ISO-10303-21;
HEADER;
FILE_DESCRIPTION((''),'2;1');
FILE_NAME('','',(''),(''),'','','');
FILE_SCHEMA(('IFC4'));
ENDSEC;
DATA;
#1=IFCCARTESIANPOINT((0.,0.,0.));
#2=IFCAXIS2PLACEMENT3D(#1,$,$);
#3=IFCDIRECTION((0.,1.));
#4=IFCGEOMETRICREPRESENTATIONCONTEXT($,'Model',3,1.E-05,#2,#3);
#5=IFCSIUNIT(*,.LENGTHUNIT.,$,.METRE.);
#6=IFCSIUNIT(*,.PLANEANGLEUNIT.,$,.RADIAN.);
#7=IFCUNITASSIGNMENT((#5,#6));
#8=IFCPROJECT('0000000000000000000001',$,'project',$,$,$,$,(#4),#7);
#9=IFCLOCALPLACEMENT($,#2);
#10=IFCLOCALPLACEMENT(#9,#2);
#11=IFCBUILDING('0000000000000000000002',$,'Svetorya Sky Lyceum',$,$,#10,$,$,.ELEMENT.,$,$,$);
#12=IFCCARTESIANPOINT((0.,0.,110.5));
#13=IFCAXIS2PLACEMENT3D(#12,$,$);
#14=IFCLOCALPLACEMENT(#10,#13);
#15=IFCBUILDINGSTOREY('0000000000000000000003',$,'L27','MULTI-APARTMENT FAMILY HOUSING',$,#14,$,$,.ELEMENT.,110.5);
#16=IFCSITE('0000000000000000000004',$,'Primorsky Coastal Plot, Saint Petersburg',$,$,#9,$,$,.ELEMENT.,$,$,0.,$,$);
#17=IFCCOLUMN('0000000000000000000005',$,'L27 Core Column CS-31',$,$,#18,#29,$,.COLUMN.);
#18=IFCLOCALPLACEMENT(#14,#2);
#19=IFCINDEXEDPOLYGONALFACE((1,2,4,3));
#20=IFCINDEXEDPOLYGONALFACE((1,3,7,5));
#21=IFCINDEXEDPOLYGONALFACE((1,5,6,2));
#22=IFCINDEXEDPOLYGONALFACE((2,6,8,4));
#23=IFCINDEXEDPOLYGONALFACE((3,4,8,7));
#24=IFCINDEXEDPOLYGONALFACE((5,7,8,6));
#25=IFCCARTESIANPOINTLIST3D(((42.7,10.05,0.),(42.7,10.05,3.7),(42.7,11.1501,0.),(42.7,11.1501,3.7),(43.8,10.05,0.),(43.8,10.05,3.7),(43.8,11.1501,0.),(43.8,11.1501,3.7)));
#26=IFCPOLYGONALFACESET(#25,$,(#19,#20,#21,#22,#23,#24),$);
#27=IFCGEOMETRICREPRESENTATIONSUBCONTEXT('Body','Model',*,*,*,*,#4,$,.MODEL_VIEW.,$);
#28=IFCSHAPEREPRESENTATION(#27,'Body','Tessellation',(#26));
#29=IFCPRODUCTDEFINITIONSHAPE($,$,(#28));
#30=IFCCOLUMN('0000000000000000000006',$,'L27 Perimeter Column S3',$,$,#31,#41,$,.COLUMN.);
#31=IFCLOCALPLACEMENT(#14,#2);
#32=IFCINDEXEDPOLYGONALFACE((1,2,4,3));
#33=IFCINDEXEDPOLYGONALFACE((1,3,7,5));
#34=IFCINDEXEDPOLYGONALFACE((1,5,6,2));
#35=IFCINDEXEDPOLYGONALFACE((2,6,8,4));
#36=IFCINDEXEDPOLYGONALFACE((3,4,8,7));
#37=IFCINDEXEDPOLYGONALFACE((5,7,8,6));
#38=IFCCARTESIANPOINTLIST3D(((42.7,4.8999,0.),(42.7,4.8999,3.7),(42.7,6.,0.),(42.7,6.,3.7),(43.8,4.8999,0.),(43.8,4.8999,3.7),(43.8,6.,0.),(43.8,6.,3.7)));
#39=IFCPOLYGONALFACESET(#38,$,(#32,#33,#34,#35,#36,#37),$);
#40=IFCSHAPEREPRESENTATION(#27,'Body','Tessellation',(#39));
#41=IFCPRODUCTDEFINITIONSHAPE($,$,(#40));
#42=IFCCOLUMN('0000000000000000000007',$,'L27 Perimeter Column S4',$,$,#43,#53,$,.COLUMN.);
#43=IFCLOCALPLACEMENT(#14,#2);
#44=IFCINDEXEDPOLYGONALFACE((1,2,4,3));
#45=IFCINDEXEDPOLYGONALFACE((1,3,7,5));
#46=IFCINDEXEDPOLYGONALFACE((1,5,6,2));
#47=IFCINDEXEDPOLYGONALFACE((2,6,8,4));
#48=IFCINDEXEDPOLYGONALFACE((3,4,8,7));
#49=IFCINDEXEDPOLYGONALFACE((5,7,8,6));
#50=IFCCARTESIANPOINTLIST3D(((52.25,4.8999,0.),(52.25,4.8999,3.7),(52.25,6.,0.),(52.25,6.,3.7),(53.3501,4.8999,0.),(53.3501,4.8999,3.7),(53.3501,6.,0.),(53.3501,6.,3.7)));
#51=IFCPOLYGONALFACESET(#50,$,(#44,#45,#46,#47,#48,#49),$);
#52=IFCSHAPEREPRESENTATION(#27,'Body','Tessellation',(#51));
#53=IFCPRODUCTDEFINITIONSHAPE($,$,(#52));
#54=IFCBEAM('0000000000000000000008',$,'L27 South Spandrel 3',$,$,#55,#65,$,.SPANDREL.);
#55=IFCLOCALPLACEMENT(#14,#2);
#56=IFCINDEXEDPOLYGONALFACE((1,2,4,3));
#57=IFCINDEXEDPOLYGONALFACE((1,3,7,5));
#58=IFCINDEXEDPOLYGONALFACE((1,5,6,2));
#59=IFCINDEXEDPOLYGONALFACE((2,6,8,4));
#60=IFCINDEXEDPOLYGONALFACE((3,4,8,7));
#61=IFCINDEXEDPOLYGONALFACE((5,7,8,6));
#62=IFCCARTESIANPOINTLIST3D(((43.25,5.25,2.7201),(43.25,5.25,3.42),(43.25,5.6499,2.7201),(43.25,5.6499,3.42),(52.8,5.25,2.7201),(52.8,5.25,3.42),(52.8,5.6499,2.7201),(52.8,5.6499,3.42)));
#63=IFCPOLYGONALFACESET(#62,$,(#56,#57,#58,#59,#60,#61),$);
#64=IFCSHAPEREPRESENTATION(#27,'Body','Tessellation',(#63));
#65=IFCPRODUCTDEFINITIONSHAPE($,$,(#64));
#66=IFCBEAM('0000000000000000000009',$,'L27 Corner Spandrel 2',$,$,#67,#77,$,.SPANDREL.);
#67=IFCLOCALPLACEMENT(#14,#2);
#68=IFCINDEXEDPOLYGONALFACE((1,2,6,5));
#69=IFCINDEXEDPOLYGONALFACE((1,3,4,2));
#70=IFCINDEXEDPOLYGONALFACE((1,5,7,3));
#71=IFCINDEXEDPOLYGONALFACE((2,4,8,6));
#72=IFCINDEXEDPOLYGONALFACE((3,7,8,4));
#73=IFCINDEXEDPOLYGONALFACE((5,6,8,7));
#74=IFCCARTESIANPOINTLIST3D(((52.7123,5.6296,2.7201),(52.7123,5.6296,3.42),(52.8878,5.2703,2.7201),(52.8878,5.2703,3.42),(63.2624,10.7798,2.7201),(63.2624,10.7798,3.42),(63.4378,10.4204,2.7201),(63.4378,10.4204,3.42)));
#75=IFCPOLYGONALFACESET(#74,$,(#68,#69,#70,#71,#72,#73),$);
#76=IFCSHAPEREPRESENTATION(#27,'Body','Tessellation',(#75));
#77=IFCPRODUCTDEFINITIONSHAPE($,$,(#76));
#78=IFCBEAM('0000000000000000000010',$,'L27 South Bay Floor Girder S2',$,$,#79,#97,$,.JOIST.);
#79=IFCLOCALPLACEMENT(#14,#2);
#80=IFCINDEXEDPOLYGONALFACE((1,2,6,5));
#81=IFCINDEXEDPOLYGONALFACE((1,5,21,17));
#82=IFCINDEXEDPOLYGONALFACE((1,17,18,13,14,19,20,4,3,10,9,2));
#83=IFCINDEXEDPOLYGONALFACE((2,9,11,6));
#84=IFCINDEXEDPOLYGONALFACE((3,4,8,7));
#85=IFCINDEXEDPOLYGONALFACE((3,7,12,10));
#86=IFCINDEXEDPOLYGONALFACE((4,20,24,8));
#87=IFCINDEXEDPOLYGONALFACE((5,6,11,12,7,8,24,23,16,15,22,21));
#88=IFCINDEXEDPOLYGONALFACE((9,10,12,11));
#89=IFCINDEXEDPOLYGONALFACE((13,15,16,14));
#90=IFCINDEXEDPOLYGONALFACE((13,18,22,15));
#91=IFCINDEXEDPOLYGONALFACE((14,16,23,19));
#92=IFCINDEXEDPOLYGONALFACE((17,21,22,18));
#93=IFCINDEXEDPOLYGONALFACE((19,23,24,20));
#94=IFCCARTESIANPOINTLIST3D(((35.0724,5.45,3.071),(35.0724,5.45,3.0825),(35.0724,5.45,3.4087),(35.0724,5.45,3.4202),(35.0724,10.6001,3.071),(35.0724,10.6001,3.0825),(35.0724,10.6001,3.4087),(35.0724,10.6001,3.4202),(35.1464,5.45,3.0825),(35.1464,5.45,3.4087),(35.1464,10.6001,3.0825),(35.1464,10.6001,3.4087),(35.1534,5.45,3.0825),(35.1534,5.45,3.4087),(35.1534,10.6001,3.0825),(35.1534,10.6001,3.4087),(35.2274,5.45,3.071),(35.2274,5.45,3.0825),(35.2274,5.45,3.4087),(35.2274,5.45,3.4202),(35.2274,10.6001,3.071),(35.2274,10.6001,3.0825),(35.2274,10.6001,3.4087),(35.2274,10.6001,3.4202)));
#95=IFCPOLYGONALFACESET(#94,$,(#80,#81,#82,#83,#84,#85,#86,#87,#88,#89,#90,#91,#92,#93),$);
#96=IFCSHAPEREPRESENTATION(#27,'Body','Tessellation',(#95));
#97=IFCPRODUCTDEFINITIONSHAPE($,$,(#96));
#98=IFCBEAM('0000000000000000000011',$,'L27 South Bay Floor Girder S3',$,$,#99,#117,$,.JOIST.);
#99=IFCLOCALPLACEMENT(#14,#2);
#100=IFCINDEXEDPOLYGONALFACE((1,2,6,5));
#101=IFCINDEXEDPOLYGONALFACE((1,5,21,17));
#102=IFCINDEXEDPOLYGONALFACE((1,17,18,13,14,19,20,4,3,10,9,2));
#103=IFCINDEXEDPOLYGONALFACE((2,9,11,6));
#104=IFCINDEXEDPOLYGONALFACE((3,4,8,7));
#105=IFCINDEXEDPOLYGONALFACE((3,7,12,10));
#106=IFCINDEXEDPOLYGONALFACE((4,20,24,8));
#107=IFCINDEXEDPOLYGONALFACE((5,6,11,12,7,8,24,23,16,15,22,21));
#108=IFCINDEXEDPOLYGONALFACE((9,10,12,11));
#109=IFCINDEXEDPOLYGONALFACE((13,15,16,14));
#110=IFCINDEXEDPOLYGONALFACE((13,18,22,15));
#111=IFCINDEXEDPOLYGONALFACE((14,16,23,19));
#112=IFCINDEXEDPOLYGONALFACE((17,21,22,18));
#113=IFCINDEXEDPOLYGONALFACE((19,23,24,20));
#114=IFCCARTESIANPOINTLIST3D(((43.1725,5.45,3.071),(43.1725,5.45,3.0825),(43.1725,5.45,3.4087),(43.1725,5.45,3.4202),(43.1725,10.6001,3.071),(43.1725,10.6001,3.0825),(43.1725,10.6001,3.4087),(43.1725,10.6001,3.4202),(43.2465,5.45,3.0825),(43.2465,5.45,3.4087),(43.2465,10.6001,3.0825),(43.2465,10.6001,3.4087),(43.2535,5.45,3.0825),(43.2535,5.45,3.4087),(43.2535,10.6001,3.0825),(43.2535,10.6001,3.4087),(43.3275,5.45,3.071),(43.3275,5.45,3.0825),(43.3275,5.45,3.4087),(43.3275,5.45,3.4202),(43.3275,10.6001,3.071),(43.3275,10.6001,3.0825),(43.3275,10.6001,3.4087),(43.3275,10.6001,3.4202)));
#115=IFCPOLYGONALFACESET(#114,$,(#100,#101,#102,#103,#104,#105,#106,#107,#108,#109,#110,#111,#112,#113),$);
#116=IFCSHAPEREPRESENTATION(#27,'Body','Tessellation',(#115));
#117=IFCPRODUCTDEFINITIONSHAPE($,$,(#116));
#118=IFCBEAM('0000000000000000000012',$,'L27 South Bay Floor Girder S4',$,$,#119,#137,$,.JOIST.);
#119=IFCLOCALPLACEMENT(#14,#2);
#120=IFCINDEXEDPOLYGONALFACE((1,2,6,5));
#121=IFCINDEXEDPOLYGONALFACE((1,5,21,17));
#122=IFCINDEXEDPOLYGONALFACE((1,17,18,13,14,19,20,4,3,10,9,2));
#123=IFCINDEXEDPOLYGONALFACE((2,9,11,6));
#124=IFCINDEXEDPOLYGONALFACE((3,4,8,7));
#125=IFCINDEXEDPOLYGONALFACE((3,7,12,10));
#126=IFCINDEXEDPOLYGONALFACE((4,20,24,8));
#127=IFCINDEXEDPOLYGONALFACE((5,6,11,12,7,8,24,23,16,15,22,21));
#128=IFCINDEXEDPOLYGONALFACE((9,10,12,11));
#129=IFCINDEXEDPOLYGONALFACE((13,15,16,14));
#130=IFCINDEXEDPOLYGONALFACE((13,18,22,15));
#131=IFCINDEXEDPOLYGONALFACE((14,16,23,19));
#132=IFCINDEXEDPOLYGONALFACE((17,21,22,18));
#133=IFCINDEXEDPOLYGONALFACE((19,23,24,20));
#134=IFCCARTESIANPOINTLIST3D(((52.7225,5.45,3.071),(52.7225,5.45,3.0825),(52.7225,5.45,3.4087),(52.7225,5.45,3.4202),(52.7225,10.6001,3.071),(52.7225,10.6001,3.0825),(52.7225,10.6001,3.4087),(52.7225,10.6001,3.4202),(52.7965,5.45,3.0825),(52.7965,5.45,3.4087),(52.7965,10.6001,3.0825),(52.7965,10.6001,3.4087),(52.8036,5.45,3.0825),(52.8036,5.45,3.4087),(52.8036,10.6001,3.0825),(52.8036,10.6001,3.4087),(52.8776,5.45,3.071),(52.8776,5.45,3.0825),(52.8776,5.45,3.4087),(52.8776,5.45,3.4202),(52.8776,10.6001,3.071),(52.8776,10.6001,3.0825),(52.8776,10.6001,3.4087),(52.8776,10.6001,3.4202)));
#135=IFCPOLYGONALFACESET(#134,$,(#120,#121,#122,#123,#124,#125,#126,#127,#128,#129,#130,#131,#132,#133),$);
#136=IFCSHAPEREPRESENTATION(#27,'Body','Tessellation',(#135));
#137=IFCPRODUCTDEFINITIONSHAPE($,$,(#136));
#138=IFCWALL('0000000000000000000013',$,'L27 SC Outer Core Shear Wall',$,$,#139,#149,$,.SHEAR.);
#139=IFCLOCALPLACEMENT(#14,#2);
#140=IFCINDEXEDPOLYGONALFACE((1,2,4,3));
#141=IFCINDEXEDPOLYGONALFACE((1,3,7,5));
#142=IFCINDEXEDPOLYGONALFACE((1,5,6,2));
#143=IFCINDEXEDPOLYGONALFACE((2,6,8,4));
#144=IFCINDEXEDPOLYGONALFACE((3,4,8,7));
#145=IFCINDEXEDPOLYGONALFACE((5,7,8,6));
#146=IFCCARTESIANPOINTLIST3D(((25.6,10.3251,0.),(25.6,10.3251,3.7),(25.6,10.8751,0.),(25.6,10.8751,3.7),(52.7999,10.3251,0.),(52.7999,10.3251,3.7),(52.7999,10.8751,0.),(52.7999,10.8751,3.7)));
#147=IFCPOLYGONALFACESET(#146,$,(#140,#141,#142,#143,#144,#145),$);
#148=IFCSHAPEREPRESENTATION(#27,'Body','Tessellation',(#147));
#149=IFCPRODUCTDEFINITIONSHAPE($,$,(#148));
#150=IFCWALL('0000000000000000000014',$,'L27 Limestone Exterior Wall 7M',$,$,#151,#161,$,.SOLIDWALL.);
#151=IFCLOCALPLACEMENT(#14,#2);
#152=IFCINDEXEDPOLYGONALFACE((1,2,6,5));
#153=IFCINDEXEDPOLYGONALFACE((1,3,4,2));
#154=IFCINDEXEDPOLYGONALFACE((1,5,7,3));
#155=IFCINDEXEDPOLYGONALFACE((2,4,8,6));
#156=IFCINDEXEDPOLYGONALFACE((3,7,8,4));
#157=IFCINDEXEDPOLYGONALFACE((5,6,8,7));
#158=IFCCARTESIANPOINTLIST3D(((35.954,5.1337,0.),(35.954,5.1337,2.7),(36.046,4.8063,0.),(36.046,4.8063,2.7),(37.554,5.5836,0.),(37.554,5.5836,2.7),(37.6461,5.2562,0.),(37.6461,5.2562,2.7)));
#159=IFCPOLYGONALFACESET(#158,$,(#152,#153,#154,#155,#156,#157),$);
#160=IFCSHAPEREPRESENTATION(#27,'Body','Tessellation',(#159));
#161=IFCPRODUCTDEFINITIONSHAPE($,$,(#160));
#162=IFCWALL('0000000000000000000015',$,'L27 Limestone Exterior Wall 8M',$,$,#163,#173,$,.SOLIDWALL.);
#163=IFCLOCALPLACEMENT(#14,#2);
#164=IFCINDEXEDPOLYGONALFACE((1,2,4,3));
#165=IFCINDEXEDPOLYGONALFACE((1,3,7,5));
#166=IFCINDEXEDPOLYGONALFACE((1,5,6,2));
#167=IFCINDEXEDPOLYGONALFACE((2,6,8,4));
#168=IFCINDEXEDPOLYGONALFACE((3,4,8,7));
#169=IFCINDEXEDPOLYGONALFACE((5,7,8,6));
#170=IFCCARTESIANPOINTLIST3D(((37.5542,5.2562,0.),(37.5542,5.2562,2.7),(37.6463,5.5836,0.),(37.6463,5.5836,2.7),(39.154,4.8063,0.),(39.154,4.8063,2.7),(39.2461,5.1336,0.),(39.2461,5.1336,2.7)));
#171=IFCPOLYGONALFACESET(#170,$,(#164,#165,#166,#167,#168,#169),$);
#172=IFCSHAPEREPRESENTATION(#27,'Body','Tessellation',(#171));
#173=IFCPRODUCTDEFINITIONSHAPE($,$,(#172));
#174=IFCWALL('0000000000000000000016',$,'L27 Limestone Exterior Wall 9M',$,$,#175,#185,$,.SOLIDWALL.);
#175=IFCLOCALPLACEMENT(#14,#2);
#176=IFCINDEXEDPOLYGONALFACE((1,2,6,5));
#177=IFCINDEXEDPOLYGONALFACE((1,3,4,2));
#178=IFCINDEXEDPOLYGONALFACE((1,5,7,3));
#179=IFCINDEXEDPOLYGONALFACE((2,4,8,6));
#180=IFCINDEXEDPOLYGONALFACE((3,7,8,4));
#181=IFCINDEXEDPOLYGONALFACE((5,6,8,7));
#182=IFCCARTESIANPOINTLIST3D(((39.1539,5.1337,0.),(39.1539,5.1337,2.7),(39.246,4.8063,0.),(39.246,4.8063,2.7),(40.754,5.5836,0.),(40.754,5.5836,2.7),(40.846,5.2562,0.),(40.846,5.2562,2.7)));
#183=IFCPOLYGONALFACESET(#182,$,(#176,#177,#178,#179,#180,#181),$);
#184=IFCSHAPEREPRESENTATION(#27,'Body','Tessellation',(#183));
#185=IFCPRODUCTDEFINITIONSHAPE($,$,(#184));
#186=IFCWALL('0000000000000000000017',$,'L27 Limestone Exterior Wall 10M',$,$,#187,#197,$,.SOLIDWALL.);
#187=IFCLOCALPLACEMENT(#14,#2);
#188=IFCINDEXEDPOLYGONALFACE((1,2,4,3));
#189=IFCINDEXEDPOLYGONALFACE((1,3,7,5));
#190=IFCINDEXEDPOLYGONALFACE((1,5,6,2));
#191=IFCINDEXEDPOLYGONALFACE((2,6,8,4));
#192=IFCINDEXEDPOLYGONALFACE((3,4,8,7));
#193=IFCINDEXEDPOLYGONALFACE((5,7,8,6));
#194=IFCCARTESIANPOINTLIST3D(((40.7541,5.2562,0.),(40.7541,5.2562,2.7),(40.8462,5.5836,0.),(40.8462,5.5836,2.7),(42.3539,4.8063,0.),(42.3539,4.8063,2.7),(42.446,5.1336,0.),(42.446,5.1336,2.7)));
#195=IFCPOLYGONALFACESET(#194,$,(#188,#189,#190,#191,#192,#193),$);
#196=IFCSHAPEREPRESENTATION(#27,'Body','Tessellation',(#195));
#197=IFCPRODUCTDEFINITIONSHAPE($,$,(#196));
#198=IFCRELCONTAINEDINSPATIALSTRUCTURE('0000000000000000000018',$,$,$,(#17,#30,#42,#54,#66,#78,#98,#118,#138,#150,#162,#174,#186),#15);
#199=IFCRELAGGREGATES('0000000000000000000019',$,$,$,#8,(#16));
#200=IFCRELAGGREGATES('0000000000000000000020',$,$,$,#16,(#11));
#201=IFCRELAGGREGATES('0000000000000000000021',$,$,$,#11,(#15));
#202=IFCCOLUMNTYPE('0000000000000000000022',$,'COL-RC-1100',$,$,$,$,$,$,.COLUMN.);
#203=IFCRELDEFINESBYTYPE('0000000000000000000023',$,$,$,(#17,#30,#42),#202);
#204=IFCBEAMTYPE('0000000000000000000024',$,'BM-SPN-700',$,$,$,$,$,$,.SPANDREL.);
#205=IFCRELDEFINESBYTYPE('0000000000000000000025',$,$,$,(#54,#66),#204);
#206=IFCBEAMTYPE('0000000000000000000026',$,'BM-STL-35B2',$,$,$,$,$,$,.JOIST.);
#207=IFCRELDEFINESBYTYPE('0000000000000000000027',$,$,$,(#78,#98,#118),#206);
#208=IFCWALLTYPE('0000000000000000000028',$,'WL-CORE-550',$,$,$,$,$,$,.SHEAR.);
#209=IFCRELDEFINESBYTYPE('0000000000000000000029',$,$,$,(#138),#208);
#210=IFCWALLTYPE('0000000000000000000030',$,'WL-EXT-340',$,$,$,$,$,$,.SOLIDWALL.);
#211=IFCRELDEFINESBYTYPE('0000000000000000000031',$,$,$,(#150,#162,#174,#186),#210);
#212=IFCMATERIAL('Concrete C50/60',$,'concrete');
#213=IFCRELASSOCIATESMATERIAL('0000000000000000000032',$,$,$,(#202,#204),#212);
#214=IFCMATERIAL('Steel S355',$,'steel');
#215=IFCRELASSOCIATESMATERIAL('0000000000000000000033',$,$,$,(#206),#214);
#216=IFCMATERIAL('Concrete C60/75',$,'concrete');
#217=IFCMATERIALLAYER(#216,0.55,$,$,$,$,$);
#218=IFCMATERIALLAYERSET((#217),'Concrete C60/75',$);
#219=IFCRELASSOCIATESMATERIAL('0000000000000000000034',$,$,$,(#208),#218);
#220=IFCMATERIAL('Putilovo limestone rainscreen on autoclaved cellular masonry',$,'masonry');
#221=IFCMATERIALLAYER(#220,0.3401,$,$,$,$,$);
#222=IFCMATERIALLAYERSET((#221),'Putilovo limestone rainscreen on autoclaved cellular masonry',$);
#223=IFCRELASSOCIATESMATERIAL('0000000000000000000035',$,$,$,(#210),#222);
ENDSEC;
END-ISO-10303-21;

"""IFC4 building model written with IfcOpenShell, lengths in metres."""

from ifc_helpers import new_model, si_unit, direction, frame, frame_2d, origin, origin_2d, place, context, subcontext, project, spatial, rectangle, i_section, extrude, material, layer, layer_set, material_profile, profile_set, type_object, element, save


model = new_model("IFC4")

# Units and contexts
model_context = context("Model", 3, precision=1e-05, world=origin(), true_north=direction((0.0, 1.0)))
body_context = subcontext(model_context, "Body", "Model", "MODEL_VIEW")
ifc_project = project(units=[si_unit("LENGTHUNIT", "METRE"), si_unit("PLANEANGLEUNIT", "RADIAN")], contexts=[model_context])

# Site, building, storey
site_placement = place(None, origin())
site = spatial("IfcSite", under=ifc_project, at=site_placement, Name="Primorsky Coastal Plot, Saint Petersburg", CompositionType="ELEMENT", RefElevation=0.0)
building_placement = place(site_placement, origin())
building = spatial("IfcBuilding", under=site, at=building_placement, Name="Svetorya Sky Lyceum", CompositionType="ELEMENT")
storey_placement = place(building_placement, frame((0.0, 0.0, 110.5)))
storey = spatial("IfcBuildingStorey", under=building, at=storey_placement, Name="L27", Description="MULTI-APARTMENT FAMILY HOUSING", CompositionType="ELEMENT", Elevation=110.5)

# Columns
ifc_material_1 = material(Name="Concrete C50/60", Category="concrete")
ifc_material_profile_1 = material_profile(ifc_material_1, rectangle(XDim=1.1001, YDim=1.1001, at=origin_2d()), Name="RC COL 1100x1100")
ifc_profile_set_1 = profile_set([ifc_material_profile_1], Name="Concrete C50/60")
column_type = type_object("IfcColumnType", Name="COL-RC-1100", PredefinedType="COLUMN", material=ifc_profile_set_1)
for number, where, z_axis, x_axis, name in (
    (1, (43.25, 10.6001, 0.0), (0.0, 0.0, 1.0), (1.0, 0.0, 0.0), "L27 Core Column CS-31"),
    (2, (43.25, 5.45, 0.0), (0.0, 0.0, 1.0), (1.0, 0.0, 0.0), "L27 Perimeter Column S3"),
    (3, (52.8, 5.45, 0.0), (0.0, 0.0, 1.0), (1.0, 0.0, 0.0), "L27 Perimeter Column S4"),
):
    element("IfcColumn", number, at=place(storey_placement, frame(where, z_axis=z_axis, x_axis=x_axis)), inside=storey, type_object=column_type, Name=name, PredefinedType="COLUMN", context=body_context, shape_type="SweptSolid", body=[
        extrude(rectangle(XDim=1.1001, YDim=1.1001, at=origin_2d()), origin(), (0.0, 0.0, 1.0), 3.7),
    ])

# Beams
ifc_material_profile_2 = material_profile(ifc_material_1, rectangle(XDim=0.3999, YDim=0.7, at=origin_2d()), Name="RC SPANDREL 400x700")
ifc_profile_set_2 = profile_set([ifc_material_profile_2], Name="Concrete C50/60")
beam_type_1 = type_object("IfcBeamType", Name="BM-SPN-700", PredefinedType="SPANDREL", material=ifc_profile_set_2)
beam_1_placement = place(storey_placement, frame((43.25, 5.45, 3.0701), z_axis=(1.0, 0.0, 0.0), x_axis=(0.0, 1.0, 0.0)))
element("IfcBeam", 4, at=beam_1_placement, inside=storey, type_object=beam_type_1, Name="L27 South Spandrel 3", PredefinedType="SPANDREL", context=body_context, shape_type="SweptSolid", body=[
    extrude(rectangle(XDim=0.3999, YDim=0.7, at=origin_2d()), origin(), (0.0, 0.0, 1.0), 9.55),
])
beam_2_placement = place(storey_placement, frame((52.8, 5.45, 3.0701), z_axis=(0.898641, 0.438684, 0.0), x_axis=(-0.438684, 0.898641, 0.0)))
element("IfcBeam", 5, at=beam_2_placement, inside=storey, type_object=beam_type_1, Name="L27 Corner Spandrel 2", PredefinedType="SPANDREL", context=body_context, shape_type="SweptSolid", body=[
    extrude(rectangle(XDim=0.3999, YDim=0.7, at=origin_2d()), origin(), (0.0, 0.0, 1.0), 11.74),
])
ifc_material_2 = material(Name="Steel S355", Category="steel")
ifc_material_profile_3 = material_profile(ifc_material_2, i_section(OverallWidth=0.155, OverallDepth=0.3491, WebThickness=0.0071, FlangeThickness=0.0115, at=origin_2d()), Name="GOST 35B2")
ifc_profile_set_3 = profile_set([ifc_material_profile_3], Name="Steel S355")
beam_type_2 = type_object("IfcBeamType", Name="BM-STL-35B2", PredefinedType="JOIST", material=ifc_profile_set_3)
for number, where, z_axis, x_axis, name in (
    (6, (35.1499, 5.45, 3.2456), (0.0, 1.0, 0.0), (-1.0, 0.0, 0.0), "L27 South Bay Floor Girder S2"),
    (7, (43.25, 5.45, 3.2456), (0.0, 1.0, 0.0), (-1.0, 0.0, 0.0), "L27 South Bay Floor Girder S3"),
    (8, (52.8, 5.45, 3.2456), (0.0, 1.0, 0.0), (-1.0, 0.0, 0.0), "L27 South Bay Floor Girder S4"),
):
    element("IfcBeam", number, at=place(storey_placement, frame(where, z_axis=z_axis, x_axis=x_axis)), inside=storey, type_object=beam_type_2, Name=name, PredefinedType="JOIST", context=body_context, shape_type="SweptSolid", body=[
        extrude(i_section(OverallWidth=0.155, OverallDepth=0.3491, WebThickness=0.0071, FlangeThickness=0.0115, at=origin_2d()), origin(), (0.0, 0.0, 1.0), 5.1501),
    ])

# Walls
ifc_material_3 = material(Name="Concrete C60/75", Category="concrete")
ifc_layer_1 = layer(ifc_material_3, 0.55)
ifc_layer_set_1 = layer_set([ifc_layer_1], Name="Concrete C60/75")
wall_type_1 = type_object("IfcWallType", Name="WL-CORE-550", PredefinedType="SHEAR", material=ifc_layer_set_1)
wall_1_placement = place(storey_placement, frame((52.8, 10.6001, 0.0), z_axis=(0.0, 0.0, 1.0), x_axis=(-1.0, 0.0, 0.0)))
element("IfcWall", 9, at=wall_1_placement, inside=storey, type_object=wall_type_1, Name="L27 SC Outer Core Shear Wall", PredefinedType="SHEAR", context=body_context, shape_type="SweptSolid", body=[
    extrude(rectangle(XDim=27.2, YDim=0.55, at=frame_2d((13.6001, 0.0))), origin(), (0.0, 0.0, 1.0), 3.7),
])
ifc_material_4 = material(Name="Putilovo limestone rainscreen on autoclaved cellular masonry", Category="masonry")
ifc_layer_2 = layer(ifc_material_4, 0.3401)
ifc_layer_set_2 = layer_set([ifc_layer_2], Name="Putilovo limestone rainscreen on autoclaved cellular masonry")
wall_type_2 = type_object("IfcWallType", Name="WL-EXT-340", PredefinedType="SOLIDWALL", material=ifc_layer_set_2)
wall_2_placement = place(storey_placement, frame((36.0, 4.97, 0.0), z_axis=(0.0, 0.0, 1.0), x_axis=(0.962663, 0.270703, 0.0)))
element("IfcWall", 10, at=wall_2_placement, inside=storey, type_object=wall_type_2, Name="L27 Limestone Exterior Wall 7M", PredefinedType="SOLIDWALL", context=body_context, shape_type="SweptSolid", body=[
    extrude(rectangle(XDim=1.6621, YDim=0.3401, at=frame_2d((0.8311, 0.0))), origin(), (0.0, 0.0, 1.0), 2.7),
])
wall_3_placement = place(storey_placement, frame((37.6001, 5.4199, 0.0), z_axis=(0.0, 0.0, 1.0), x_axis=(0.962652, -0.270741, 0.0)))
element("IfcWall", 11, at=wall_3_placement, inside=storey, type_object=wall_type_2, Name="L27 Limestone Exterior Wall 8M", PredefinedType="SOLIDWALL", context=body_context, shape_type="SweptSolid", body=[
    extrude(rectangle(XDim=1.6619, YDim=0.3401, at=frame_2d((0.8311, 0.0))), origin(), (0.0, 0.0, 1.0), 2.7),
])
wall_4_placement = place(storey_placement, frame((39.2, 4.97, 0.0), z_axis=(0.0, 0.0, 1.0), x_axis=(0.962663, 0.270703, 0.0)))
element("IfcWall", 12, at=wall_4_placement, inside=storey, type_object=wall_type_2, Name="L27 Limestone Exterior Wall 9M", PredefinedType="SOLIDWALL", context=body_context, shape_type="SweptSolid", body=[
    extrude(rectangle(XDim=1.6621, YDim=0.3401, at=frame_2d((0.8311, 0.0))), origin(), (0.0, 0.0, 1.0), 2.7),
])
wall_5_placement = place(storey_placement, frame((40.8, 5.4199, 0.0), z_axis=(0.0, 0.0, 1.0), x_axis=(0.962652, -0.270741, 0.0)))
element("IfcWall", 13, at=wall_5_placement, inside=storey, type_object=wall_type_2, Name="L27 Limestone Exterior Wall 10M", PredefinedType="SOLIDWALL", context=body_context, shape_type="SweptSolid", body=[
    extrude(rectangle(XDim=1.6619, YDim=0.3401, at=frame_2d((0.8311, 0.0))), origin(), (0.0, 0.0, 1.0), 2.7),
])

save(model, "model.ifc")
